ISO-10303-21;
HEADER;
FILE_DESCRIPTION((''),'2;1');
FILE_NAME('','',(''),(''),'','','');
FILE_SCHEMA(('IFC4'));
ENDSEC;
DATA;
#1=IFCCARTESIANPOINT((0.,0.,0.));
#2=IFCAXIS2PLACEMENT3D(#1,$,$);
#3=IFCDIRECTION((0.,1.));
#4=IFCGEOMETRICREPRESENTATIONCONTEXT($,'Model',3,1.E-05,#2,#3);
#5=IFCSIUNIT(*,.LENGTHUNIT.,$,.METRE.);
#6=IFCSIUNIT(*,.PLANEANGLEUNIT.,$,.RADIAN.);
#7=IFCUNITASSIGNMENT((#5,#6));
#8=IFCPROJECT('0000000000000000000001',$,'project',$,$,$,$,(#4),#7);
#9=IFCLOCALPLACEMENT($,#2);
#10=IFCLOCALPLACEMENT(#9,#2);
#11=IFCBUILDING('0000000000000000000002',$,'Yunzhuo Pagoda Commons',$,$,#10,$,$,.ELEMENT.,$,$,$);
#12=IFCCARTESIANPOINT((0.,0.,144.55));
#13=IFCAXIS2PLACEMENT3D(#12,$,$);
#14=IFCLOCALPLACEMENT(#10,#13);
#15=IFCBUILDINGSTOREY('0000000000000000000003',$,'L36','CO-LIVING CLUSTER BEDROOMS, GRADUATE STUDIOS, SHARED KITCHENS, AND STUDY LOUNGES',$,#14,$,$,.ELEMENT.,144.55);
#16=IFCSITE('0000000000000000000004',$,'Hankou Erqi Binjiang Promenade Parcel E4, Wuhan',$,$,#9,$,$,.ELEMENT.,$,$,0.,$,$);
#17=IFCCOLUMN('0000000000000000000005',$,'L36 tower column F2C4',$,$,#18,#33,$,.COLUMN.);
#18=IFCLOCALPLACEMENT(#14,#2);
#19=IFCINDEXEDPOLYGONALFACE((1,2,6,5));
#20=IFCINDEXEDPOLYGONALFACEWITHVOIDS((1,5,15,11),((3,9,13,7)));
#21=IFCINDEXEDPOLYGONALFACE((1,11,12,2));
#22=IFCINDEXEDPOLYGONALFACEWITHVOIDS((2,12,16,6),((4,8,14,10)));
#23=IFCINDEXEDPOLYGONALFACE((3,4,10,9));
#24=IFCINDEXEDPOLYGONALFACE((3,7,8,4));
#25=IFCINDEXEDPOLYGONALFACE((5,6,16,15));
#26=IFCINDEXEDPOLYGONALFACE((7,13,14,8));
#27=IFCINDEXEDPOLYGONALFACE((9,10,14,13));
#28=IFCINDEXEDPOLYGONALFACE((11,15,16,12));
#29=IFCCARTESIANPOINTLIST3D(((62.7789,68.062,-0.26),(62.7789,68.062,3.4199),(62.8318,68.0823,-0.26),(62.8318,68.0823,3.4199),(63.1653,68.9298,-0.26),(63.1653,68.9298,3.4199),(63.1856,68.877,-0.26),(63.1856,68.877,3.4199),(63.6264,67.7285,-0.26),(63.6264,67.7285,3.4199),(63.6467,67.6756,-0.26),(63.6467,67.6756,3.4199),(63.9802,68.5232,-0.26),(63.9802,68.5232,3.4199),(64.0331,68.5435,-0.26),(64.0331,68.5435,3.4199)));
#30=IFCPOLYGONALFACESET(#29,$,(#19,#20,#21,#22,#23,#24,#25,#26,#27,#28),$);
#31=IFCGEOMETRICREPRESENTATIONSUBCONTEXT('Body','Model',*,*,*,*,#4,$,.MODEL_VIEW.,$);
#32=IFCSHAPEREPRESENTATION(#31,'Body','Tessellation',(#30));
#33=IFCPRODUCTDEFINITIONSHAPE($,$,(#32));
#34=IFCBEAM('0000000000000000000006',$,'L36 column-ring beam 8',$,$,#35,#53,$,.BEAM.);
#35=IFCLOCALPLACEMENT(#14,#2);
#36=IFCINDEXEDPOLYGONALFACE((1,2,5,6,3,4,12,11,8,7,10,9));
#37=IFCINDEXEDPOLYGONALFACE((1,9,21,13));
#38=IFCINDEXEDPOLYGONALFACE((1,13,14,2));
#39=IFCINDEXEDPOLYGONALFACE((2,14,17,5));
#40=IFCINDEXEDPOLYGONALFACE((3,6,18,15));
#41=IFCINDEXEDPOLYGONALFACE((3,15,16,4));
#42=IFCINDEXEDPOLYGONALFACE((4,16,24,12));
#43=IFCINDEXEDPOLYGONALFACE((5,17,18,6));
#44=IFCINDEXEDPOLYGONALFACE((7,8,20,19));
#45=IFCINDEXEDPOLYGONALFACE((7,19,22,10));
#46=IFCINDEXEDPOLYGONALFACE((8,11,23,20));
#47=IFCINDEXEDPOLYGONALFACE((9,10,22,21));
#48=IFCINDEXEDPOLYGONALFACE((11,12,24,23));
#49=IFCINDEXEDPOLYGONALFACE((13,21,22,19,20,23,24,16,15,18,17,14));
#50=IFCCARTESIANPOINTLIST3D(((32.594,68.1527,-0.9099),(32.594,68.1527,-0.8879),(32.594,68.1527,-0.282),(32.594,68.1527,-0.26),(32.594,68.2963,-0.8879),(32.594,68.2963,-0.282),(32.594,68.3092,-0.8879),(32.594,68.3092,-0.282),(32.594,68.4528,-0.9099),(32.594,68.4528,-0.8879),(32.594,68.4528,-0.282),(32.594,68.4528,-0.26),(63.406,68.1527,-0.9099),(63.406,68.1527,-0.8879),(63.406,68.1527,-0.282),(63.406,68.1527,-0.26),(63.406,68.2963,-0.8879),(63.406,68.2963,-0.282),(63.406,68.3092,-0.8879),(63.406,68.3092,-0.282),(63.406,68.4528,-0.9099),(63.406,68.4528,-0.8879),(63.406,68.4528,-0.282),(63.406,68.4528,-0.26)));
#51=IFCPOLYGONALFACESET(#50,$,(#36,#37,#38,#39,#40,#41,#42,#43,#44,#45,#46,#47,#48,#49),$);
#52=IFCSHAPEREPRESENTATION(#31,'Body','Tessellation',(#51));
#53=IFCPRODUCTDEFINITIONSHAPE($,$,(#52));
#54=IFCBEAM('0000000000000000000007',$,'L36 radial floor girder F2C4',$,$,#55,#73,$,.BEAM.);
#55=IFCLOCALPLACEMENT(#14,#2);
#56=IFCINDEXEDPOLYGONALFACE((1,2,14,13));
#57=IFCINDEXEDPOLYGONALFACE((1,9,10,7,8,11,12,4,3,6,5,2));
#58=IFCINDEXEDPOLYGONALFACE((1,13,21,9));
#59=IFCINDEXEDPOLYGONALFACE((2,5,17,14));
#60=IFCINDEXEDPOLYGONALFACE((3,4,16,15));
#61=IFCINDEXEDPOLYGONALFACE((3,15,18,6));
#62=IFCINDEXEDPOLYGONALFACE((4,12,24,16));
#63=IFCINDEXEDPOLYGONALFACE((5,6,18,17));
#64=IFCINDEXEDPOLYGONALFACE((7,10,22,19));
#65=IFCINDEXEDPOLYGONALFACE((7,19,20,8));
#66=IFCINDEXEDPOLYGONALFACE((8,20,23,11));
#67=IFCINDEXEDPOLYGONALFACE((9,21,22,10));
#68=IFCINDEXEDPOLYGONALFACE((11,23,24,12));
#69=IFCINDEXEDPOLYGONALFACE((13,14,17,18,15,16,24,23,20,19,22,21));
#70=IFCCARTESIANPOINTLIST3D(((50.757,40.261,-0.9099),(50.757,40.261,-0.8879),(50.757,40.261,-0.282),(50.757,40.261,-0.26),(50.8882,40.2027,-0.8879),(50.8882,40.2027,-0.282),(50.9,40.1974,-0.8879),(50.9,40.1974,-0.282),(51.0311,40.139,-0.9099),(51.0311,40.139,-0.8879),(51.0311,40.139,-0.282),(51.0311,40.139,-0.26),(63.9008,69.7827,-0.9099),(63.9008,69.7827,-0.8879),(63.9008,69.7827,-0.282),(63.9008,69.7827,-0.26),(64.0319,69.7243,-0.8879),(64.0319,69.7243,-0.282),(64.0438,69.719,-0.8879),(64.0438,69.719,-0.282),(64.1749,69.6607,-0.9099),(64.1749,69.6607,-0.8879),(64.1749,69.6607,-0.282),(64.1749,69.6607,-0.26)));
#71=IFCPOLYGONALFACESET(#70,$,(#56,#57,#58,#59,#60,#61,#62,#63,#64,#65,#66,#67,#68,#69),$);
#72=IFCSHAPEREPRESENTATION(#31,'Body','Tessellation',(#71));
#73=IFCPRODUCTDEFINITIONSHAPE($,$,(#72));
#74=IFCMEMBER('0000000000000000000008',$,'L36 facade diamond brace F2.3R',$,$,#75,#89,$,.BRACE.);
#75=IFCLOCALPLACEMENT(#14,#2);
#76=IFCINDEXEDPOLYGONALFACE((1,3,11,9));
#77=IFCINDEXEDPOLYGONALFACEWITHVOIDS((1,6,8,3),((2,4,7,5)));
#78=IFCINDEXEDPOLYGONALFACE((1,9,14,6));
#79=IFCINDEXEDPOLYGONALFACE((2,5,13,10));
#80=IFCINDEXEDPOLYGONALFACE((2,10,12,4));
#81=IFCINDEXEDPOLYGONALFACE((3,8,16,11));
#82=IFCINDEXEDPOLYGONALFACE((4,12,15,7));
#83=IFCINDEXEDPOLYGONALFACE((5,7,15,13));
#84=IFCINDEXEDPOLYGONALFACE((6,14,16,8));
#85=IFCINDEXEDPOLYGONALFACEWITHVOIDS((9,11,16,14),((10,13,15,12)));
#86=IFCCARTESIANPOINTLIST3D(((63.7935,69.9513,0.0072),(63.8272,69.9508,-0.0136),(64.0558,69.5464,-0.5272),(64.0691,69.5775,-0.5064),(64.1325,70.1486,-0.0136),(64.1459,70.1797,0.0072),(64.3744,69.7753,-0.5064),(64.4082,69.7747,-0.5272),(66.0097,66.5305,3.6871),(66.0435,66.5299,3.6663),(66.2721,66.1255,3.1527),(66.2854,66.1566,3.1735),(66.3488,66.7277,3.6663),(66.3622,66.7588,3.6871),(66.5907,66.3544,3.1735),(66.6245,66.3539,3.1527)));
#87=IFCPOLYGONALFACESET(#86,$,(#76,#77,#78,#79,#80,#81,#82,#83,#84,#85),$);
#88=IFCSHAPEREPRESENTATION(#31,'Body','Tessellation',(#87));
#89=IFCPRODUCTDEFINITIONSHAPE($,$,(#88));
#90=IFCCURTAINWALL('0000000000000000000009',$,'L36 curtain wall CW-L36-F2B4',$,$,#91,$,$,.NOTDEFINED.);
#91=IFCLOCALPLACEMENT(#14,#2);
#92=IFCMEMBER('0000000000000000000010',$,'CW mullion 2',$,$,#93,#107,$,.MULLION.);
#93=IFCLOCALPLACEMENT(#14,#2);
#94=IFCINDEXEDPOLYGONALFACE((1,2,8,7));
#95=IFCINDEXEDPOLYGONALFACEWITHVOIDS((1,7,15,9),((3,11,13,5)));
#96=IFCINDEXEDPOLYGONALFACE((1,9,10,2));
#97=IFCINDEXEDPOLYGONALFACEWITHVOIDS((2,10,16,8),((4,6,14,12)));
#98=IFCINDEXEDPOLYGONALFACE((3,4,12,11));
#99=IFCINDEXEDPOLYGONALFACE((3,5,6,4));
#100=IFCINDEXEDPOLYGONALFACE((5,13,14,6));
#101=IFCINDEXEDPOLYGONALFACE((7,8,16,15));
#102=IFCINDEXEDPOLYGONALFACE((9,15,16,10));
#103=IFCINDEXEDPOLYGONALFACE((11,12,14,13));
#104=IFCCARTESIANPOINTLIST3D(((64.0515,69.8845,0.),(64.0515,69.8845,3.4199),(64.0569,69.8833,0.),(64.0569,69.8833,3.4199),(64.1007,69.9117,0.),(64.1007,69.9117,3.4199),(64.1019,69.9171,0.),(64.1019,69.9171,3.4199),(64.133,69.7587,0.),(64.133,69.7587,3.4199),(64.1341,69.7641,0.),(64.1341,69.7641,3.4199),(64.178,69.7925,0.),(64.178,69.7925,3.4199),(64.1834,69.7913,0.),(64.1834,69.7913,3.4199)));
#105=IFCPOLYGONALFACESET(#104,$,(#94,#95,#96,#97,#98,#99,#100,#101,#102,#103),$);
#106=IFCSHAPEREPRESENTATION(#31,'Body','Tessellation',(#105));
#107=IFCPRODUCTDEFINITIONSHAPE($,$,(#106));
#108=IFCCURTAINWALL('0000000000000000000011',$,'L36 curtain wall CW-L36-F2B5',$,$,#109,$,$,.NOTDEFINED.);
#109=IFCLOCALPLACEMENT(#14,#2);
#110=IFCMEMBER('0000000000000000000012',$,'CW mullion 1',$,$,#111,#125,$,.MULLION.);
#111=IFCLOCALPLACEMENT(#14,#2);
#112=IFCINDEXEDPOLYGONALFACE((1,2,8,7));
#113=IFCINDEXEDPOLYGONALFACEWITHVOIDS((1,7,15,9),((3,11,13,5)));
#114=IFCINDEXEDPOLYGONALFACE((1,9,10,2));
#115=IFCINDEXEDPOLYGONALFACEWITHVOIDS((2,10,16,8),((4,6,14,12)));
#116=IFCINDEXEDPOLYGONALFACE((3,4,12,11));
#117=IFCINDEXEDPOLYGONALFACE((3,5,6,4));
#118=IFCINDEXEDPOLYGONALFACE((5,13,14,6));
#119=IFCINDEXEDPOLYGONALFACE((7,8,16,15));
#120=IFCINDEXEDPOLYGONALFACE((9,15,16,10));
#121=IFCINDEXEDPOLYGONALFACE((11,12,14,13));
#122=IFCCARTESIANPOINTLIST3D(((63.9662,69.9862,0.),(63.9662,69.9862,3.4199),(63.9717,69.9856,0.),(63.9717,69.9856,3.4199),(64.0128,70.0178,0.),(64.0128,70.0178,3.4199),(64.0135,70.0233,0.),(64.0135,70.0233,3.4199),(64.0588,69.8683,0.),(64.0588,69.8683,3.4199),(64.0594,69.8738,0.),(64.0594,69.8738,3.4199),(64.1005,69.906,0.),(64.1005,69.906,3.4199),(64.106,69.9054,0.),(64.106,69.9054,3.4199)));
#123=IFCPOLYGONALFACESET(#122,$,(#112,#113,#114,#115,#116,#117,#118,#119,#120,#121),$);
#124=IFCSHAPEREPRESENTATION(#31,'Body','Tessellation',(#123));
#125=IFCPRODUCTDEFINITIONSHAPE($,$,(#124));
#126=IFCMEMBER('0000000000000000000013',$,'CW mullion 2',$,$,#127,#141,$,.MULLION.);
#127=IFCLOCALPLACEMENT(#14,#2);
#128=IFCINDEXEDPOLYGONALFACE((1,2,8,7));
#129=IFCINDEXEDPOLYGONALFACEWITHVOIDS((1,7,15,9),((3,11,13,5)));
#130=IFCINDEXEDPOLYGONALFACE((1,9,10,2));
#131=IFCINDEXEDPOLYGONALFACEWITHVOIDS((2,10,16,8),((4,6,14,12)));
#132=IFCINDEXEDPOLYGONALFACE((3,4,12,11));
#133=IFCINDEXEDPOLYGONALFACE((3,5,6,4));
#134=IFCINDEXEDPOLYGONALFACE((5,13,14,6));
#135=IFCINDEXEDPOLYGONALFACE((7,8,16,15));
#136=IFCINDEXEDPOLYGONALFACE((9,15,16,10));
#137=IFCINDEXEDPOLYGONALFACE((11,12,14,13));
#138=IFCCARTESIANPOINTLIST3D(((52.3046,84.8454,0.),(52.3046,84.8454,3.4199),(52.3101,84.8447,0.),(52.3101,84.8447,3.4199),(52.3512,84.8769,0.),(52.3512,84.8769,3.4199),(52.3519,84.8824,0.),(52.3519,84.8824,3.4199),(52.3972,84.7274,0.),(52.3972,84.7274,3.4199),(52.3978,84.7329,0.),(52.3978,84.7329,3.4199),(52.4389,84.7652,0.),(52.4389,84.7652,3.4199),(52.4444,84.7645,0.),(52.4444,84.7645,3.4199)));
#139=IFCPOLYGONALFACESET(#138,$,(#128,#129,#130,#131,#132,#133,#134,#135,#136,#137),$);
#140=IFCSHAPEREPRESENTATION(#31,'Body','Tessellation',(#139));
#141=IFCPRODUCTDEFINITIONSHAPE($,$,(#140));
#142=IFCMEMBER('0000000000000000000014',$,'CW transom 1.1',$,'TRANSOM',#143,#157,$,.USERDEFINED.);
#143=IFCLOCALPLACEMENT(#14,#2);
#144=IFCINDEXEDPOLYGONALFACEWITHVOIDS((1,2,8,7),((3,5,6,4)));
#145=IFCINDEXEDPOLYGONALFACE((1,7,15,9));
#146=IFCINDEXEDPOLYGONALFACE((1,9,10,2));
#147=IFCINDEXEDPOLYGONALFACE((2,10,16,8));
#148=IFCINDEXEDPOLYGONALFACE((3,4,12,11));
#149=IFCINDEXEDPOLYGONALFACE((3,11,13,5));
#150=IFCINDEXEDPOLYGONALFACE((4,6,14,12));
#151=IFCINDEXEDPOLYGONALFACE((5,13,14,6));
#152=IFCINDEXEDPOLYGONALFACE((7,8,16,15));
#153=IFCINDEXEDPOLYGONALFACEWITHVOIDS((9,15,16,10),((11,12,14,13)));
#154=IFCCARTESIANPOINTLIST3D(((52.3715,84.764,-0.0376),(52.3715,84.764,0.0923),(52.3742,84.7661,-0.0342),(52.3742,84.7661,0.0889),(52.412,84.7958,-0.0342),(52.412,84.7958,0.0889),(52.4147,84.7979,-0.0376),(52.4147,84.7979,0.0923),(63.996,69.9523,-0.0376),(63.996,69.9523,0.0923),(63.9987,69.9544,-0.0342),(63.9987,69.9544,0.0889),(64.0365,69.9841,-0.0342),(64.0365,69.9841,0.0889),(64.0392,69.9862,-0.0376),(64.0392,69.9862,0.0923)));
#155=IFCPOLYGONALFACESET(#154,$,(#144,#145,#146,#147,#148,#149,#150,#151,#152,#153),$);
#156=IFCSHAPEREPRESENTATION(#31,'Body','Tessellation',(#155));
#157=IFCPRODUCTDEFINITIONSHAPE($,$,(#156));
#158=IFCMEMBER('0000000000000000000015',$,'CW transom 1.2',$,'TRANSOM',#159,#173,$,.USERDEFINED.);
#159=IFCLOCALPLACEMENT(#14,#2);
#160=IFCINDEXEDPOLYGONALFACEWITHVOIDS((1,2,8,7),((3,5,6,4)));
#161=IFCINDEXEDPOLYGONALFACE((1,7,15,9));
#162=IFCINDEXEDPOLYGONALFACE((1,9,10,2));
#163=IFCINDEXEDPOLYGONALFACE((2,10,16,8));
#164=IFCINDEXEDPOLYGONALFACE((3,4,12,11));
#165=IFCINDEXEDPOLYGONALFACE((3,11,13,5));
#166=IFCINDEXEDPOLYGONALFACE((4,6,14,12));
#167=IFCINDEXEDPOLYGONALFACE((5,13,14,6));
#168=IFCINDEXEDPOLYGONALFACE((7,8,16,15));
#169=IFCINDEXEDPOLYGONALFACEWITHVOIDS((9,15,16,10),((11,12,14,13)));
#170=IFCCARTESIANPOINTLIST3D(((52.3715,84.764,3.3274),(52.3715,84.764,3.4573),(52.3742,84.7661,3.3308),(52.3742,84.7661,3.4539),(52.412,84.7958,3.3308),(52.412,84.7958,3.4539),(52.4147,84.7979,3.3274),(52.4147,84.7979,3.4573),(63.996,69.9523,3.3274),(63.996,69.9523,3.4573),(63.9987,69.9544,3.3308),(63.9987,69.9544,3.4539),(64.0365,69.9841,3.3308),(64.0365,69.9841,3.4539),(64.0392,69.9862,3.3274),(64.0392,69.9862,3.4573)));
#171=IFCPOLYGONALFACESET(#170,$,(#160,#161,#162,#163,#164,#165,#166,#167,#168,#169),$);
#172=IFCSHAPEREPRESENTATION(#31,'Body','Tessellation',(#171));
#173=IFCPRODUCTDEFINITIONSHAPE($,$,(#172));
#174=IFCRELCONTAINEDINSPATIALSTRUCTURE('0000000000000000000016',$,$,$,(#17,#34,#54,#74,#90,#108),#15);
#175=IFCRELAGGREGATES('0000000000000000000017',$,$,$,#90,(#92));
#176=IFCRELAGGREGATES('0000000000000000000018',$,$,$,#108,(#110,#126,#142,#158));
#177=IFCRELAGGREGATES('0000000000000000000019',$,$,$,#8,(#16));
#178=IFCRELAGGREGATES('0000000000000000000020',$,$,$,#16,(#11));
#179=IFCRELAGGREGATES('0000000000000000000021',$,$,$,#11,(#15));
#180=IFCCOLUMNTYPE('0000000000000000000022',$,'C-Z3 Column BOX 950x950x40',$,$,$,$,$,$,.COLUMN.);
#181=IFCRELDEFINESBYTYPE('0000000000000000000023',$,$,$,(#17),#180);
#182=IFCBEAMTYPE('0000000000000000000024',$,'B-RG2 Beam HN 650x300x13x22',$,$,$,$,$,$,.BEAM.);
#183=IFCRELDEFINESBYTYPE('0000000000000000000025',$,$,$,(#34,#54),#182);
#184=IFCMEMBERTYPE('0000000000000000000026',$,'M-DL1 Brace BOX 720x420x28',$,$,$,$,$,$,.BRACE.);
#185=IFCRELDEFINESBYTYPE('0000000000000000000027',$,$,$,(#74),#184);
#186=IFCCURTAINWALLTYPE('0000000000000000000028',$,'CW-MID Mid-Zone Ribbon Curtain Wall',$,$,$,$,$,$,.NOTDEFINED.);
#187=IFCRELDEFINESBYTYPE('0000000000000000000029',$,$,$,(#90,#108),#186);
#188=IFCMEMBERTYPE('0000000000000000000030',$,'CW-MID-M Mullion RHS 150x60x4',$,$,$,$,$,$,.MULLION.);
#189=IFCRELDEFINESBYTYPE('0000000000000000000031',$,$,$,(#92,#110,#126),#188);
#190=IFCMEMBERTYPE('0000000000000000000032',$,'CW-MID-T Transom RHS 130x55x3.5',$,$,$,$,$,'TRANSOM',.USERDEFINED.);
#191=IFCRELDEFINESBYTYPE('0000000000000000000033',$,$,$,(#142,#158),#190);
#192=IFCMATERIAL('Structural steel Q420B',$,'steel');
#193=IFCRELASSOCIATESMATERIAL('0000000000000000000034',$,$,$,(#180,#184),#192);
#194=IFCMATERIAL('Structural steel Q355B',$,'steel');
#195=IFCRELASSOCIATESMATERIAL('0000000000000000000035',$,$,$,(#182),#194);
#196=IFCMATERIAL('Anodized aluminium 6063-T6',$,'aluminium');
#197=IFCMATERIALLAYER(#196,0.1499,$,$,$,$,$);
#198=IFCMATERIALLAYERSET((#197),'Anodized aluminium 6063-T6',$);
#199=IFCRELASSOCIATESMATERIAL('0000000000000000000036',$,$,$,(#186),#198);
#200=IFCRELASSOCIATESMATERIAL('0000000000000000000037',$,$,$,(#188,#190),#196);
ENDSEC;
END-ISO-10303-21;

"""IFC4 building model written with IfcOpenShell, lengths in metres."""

from ifc_helpers import new_model, si_unit, direction, frame, origin, origin_2d, place, context, subcontext, project, spatial, hollow_rectangle, i_section, extrude, source, transform, mapped, material, layer, layer_set, material_profile, profile_set, type_object, element, aggregate, save


model = new_model("IFC4")

# Units and contexts
model_context = context("Model", 3, precision=1e-05, world=origin(), true_north=direction((0.0, 1.0)))
body_context = subcontext(model_context, "Body", "Model", "MODEL_VIEW")
ifc_project = project(units=[si_unit("LENGTHUNIT", "METRE"), si_unit("PLANEANGLEUNIT", "RADIAN")], contexts=[model_context])

# Site, building, storey
site_placement = place(None, origin())
site = spatial("IfcSite", under=ifc_project, at=site_placement, Name="Hankou Erqi Binjiang Promenade Parcel E4, Wuhan", CompositionType="ELEMENT", RefElevation=0.0)
building_placement = place(site_placement, origin())
building = spatial("IfcBuilding", under=site, at=building_placement, Name="Yunzhuo Pagoda Commons", CompositionType="ELEMENT")
storey_placement = place(building_placement, frame((0.0, 0.0, 144.55)))
storey = spatial("IfcBuildingStorey", under=building, at=storey_placement, Name="L36", Description="CO-LIVING CLUSTER BEDROOMS, GRADUATE STUDIOS, SHARED KITCHENS, AND STUDY LOUNGES", CompositionType="ELEMENT", Elevation=144.55)

# Column
ifc_material_1 = material(Name="Structural steel Q420B", Category="steel")
ifc_material_profile_1 = material_profile(ifc_material_1, hollow_rectangle(XDim=0.95, YDim=0.95, WallThickness=0.04, at=origin_2d()), Name="Structural steel Q420B")
ifc_profile_set_1 = profile_set([ifc_material_profile_1], Name="Structural steel Q420B")
column_type = type_object("IfcColumnType", Name="C-Z3 Column BOX 950x950x40", PredefinedType="COLUMN", material=ifc_profile_set_1)
shared_shape_1 = source(origin(), body_context, "Body", "SweptSolid", [
    extrude(hollow_rectangle(XDim=0.95, YDim=0.95, WallThickness=0.04, at=origin_2d()), origin(), (0.0, 0.0, 1.0), 3.6799),
])
column_placement = place(storey_placement, frame((63.406, 68.3027, -0.26), z_axis=(0.0, 0.0, 1.0), x_axis=(-0.913545, 0.406737, 0.0)))
element("IfcColumn", 1, at=column_placement, inside=storey, type_object=column_type, Name="L36 tower column F2C4", PredefinedType="COLUMN", context=body_context, shape_type="MappedRepresentation", body=[
    mapped(shared_shape_1, transform((0.0, 0.0, 0.0), scale=1.0)),
])

# Beams
ifc_material_2 = material(Name="Structural steel Q355B", Category="steel")
ifc_material_profile_2 = material_profile(ifc_material_2, i_section(OverallWidth=0.3, OverallDepth=0.6499, WebThickness=0.0129, FlangeThickness=0.022, at=origin_2d()), Name="Structural steel Q355B")
ifc_profile_set_2 = profile_set([ifc_material_profile_2], Name="Structural steel Q355B")
beam_type = type_object("IfcBeamType", Name="B-RG2 Beam HN 650x300x13x22", PredefinedType="BEAM", material=ifc_profile_set_2)
shared_shape_2 = source(origin(), body_context, "Body", "SweptSolid", [
    extrude(i_section(OverallWidth=0.3, OverallDepth=0.6499, WebThickness=0.0129, FlangeThickness=0.022, at=origin_2d()), origin(), (0.0, 0.0, 1.0), 30.812),
])
beam_1_placement = place(storey_placement, frame((63.406, 68.3027, -0.585), z_axis=(-1.0, 0.0, 0.0), x_axis=(0.0, -1.0, 0.0)))
element("IfcBeam", 2, at=beam_1_placement, inside=storey, type_object=beam_type, Name="L36 column-ring beam 8", PredefinedType="BEAM", context=body_context, shape_type="MappedRepresentation", body=[
    mapped(shared_shape_2, transform((0.0, 0.0, 0.0), scale=1.0)),
])
shared_shape_3 = source(origin(), body_context, "Body", "SweptSolid", [
    extrude(i_section(OverallWidth=0.3, OverallDepth=0.6499, WebThickness=0.0129, FlangeThickness=0.022, at=origin_2d()), origin(), (0.0, 0.0, 1.0), 32.3154),
])
beam_2_placement = place(storey_placement, frame((64.0378, 69.7217, -0.585), z_axis=(-0.406734, -0.913547, 0.0), x_axis=(0.913547, -0.406734, 0.0)))
element("IfcBeam", 3, at=beam_2_placement, inside=storey, type_object=beam_type, Name="L36 radial floor girder F2C4", PredefinedType="BEAM", context=body_context, shape_type="MappedRepresentation", body=[
    mapped(shared_shape_3, transform((0.0, 0.0, 0.0), scale=1.0)),
])

# Member
ifc_material_profile_3 = material_profile(ifc_material_1, hollow_rectangle(XDim=0.4199, YDim=0.72, WallThickness=0.0281, at=origin_2d()), Name="Structural steel Q420B")
ifc_profile_set_3 = profile_set([ifc_material_profile_3], Name="Structural steel Q420B")
member_type_1 = type_object("IfcMemberType", Name="M-DL1 Brace BOX 720x420x28", PredefinedType="BRACE", material=ifc_profile_set_3)
shared_shape_4 = source(origin(), body_context, "Body", "SweptSolid", [
    extrude(hollow_rectangle(XDim=0.4199, YDim=0.72, WallThickness=0.0281, at=origin_2d()), origin(), (0.0, 0.0, 1.0), 5.4915),
])
member_1_placement = place(storey_placement, frame((64.1008, 69.863, -0.26), z_axis=(0.40359, -0.622945, 0.670115), x_axis=(0.839258, 0.543733, 0.0)))
element("IfcMember", 4, at=member_1_placement, inside=storey, type_object=member_type_1, Name="L36 facade diamond brace F2.3R", PredefinedType="BRACE", context=body_context, shape_type="MappedRepresentation", body=[
    mapped(shared_shape_4, transform((0.0, 0.0, 0.0), scale=1.0)),
])

# Curtain wall, member
ifc_material_3 = material(Name="Anodized aluminium 6063-T6", Category="aluminium")
ifc_layer_1 = layer(ifc_material_3, 0.1499)
ifc_layer_set_1 = layer_set([ifc_layer_1], Name="Anodized aluminium 6063-T6")
curtain_wall_type = type_object("IfcCurtainWallType", Name="CW-MID Mid-Zone Ribbon Curtain Wall", PredefinedType="NOTDEFINED", material=ifc_layer_set_1)
curtain_wall_1_placement = place(storey_placement, origin())
curtain_wall_1 = element("IfcCurtainWall", 5, at=curtain_wall_1_placement, inside=storey, type_object=curtain_wall_type, Name="L36 curtain wall CW-L36-F2B4", PredefinedType="NOTDEFINED")
ifc_material_profile_4 = material_profile(ifc_material_3, hollow_rectangle(XDim=0.0601, YDim=0.1499, WallThickness=0.0039, at=origin_2d()), Name="Anodized aluminium 6063-T6")
ifc_profile_set_4 = profile_set([ifc_material_profile_4], Name="Anodized aluminium 6063-T6")
member_type_2 = type_object("IfcMemberType", Name="CW-MID-M Mullion RHS 150x60x4", PredefinedType="MULLION", material=ifc_profile_set_4)
shared_shape_5 = source(origin(), body_context, "Body", "SweptSolid", [
    extrude(hollow_rectangle(XDim=0.0601, YDim=0.1499, WallThickness=0.0039, at=origin_2d()), origin(), (0.0, 0.0, 1.0), 3.4199),
])
member_2_placement = place(storey_placement, frame((64.1174, 69.8379, 0.0), z_axis=(0.0, 0.0, 1.0), x_axis=(-0.83932, -0.543637, 0.0)))
member_2 = element("IfcMember", 6, at=member_2_placement, type_object=member_type_2, Name="CW mullion 2", PredefinedType="MULLION", context=body_context, shape_type="MappedRepresentation", body=[
    mapped(shared_shape_5, transform((0.0, 0.0, 0.0), scale=1.0)),
])

# Curtain wall, members
curtain_wall_2_placement = place(storey_placement, origin())
curtain_wall_2 = element("IfcCurtainWall", 7, at=curtain_wall_2_placement, inside=storey, type_object=curtain_wall_type, Name="L36 curtain wall CW-L36-F2B5", PredefinedType="NOTDEFINED")
member_3_placement = place(storey_placement, frame((64.0361, 69.9458, 0.0), z_axis=(0.0, 0.0, 1.0), x_axis=(-0.786665, -0.61738, 0.0)))
member_3 = element("IfcMember", 8, at=member_3_placement, type_object=member_type_2, Name="CW mullion 1", PredefinedType="MULLION", context=body_context, shape_type="MappedRepresentation", body=[
    mapped(shared_shape_5, transform((0.0, 0.0, 0.0), scale=1.0)),
])
member_4_placement = place(storey_placement, frame((52.3745, 84.8049, 0.0), z_axis=(0.0, 0.0, 1.0), x_axis=(-0.786665, -0.61738, 0.0)))
member_4 = element("IfcMember", 9, at=member_4_placement, type_object=member_type_2, Name="CW mullion 2", PredefinedType="MULLION", context=body_context, shape_type="MappedRepresentation", body=[
    mapped(shared_shape_5, transform((0.0, 0.0, 0.0), scale=1.0)),
])
ifc_material_profile_5 = material_profile(ifc_material_3, hollow_rectangle(XDim=0.0549, YDim=0.1299, WallThickness=0.0034, at=origin_2d()), Name="Anodized aluminium 6063-T6")
ifc_profile_set_5 = profile_set([ifc_material_profile_5], Name="Anodized aluminium 6063-T6")
member_type_3 = type_object("IfcMemberType", Name="CW-MID-T Transom RHS 130x55x3.5", ElementType="TRANSOM", PredefinedType="USERDEFINED", material=ifc_profile_set_5)
shared_shape_6 = source(origin(), body_context, "Body", "SweptSolid", [
    extrude(hollow_rectangle(XDim=0.0549, YDim=0.1299, WallThickness=0.0034, at=origin_2d()), origin(), (0.0, 0.0, 1.0), 18.8286),
])
member_5_placement = place(storey_placement, frame((64.0176, 69.9692, 0.0273), z_axis=(-0.617385, 0.786662, 0.0), x_axis=(-0.786662, -0.617385, 0.0)))
member_5 = element("IfcMember", 10, at=member_5_placement, type_object=member_type_3, Name="CW transom 1.1", ObjectType="TRANSOM", PredefinedType="USERDEFINED", context=body_context, shape_type="MappedRepresentation", body=[
    mapped(shared_shape_6, transform((0.0, 0.0, 0.0), scale=1.0)),
])
member_6_placement = place(storey_placement, frame((64.0176, 69.9692, 3.3923), z_axis=(-0.617385, 0.786662, 0.0), x_axis=(-0.786662, -0.617385, 0.0)))
member_6 = element("IfcMember", 11, at=member_6_placement, type_object=member_type_3, Name="CW transom 1.2", ObjectType="TRANSOM", PredefinedType="USERDEFINED", context=body_context, shape_type="MappedRepresentation", body=[
    mapped(shared_shape_6, transform((0.0, 0.0, 0.0), scale=1.0)),
])

aggregate(curtain_wall_1, [member_2])

aggregate(curtain_wall_2, [member_3, member_4, member_5, member_6])

save(model, "model.ifc")
